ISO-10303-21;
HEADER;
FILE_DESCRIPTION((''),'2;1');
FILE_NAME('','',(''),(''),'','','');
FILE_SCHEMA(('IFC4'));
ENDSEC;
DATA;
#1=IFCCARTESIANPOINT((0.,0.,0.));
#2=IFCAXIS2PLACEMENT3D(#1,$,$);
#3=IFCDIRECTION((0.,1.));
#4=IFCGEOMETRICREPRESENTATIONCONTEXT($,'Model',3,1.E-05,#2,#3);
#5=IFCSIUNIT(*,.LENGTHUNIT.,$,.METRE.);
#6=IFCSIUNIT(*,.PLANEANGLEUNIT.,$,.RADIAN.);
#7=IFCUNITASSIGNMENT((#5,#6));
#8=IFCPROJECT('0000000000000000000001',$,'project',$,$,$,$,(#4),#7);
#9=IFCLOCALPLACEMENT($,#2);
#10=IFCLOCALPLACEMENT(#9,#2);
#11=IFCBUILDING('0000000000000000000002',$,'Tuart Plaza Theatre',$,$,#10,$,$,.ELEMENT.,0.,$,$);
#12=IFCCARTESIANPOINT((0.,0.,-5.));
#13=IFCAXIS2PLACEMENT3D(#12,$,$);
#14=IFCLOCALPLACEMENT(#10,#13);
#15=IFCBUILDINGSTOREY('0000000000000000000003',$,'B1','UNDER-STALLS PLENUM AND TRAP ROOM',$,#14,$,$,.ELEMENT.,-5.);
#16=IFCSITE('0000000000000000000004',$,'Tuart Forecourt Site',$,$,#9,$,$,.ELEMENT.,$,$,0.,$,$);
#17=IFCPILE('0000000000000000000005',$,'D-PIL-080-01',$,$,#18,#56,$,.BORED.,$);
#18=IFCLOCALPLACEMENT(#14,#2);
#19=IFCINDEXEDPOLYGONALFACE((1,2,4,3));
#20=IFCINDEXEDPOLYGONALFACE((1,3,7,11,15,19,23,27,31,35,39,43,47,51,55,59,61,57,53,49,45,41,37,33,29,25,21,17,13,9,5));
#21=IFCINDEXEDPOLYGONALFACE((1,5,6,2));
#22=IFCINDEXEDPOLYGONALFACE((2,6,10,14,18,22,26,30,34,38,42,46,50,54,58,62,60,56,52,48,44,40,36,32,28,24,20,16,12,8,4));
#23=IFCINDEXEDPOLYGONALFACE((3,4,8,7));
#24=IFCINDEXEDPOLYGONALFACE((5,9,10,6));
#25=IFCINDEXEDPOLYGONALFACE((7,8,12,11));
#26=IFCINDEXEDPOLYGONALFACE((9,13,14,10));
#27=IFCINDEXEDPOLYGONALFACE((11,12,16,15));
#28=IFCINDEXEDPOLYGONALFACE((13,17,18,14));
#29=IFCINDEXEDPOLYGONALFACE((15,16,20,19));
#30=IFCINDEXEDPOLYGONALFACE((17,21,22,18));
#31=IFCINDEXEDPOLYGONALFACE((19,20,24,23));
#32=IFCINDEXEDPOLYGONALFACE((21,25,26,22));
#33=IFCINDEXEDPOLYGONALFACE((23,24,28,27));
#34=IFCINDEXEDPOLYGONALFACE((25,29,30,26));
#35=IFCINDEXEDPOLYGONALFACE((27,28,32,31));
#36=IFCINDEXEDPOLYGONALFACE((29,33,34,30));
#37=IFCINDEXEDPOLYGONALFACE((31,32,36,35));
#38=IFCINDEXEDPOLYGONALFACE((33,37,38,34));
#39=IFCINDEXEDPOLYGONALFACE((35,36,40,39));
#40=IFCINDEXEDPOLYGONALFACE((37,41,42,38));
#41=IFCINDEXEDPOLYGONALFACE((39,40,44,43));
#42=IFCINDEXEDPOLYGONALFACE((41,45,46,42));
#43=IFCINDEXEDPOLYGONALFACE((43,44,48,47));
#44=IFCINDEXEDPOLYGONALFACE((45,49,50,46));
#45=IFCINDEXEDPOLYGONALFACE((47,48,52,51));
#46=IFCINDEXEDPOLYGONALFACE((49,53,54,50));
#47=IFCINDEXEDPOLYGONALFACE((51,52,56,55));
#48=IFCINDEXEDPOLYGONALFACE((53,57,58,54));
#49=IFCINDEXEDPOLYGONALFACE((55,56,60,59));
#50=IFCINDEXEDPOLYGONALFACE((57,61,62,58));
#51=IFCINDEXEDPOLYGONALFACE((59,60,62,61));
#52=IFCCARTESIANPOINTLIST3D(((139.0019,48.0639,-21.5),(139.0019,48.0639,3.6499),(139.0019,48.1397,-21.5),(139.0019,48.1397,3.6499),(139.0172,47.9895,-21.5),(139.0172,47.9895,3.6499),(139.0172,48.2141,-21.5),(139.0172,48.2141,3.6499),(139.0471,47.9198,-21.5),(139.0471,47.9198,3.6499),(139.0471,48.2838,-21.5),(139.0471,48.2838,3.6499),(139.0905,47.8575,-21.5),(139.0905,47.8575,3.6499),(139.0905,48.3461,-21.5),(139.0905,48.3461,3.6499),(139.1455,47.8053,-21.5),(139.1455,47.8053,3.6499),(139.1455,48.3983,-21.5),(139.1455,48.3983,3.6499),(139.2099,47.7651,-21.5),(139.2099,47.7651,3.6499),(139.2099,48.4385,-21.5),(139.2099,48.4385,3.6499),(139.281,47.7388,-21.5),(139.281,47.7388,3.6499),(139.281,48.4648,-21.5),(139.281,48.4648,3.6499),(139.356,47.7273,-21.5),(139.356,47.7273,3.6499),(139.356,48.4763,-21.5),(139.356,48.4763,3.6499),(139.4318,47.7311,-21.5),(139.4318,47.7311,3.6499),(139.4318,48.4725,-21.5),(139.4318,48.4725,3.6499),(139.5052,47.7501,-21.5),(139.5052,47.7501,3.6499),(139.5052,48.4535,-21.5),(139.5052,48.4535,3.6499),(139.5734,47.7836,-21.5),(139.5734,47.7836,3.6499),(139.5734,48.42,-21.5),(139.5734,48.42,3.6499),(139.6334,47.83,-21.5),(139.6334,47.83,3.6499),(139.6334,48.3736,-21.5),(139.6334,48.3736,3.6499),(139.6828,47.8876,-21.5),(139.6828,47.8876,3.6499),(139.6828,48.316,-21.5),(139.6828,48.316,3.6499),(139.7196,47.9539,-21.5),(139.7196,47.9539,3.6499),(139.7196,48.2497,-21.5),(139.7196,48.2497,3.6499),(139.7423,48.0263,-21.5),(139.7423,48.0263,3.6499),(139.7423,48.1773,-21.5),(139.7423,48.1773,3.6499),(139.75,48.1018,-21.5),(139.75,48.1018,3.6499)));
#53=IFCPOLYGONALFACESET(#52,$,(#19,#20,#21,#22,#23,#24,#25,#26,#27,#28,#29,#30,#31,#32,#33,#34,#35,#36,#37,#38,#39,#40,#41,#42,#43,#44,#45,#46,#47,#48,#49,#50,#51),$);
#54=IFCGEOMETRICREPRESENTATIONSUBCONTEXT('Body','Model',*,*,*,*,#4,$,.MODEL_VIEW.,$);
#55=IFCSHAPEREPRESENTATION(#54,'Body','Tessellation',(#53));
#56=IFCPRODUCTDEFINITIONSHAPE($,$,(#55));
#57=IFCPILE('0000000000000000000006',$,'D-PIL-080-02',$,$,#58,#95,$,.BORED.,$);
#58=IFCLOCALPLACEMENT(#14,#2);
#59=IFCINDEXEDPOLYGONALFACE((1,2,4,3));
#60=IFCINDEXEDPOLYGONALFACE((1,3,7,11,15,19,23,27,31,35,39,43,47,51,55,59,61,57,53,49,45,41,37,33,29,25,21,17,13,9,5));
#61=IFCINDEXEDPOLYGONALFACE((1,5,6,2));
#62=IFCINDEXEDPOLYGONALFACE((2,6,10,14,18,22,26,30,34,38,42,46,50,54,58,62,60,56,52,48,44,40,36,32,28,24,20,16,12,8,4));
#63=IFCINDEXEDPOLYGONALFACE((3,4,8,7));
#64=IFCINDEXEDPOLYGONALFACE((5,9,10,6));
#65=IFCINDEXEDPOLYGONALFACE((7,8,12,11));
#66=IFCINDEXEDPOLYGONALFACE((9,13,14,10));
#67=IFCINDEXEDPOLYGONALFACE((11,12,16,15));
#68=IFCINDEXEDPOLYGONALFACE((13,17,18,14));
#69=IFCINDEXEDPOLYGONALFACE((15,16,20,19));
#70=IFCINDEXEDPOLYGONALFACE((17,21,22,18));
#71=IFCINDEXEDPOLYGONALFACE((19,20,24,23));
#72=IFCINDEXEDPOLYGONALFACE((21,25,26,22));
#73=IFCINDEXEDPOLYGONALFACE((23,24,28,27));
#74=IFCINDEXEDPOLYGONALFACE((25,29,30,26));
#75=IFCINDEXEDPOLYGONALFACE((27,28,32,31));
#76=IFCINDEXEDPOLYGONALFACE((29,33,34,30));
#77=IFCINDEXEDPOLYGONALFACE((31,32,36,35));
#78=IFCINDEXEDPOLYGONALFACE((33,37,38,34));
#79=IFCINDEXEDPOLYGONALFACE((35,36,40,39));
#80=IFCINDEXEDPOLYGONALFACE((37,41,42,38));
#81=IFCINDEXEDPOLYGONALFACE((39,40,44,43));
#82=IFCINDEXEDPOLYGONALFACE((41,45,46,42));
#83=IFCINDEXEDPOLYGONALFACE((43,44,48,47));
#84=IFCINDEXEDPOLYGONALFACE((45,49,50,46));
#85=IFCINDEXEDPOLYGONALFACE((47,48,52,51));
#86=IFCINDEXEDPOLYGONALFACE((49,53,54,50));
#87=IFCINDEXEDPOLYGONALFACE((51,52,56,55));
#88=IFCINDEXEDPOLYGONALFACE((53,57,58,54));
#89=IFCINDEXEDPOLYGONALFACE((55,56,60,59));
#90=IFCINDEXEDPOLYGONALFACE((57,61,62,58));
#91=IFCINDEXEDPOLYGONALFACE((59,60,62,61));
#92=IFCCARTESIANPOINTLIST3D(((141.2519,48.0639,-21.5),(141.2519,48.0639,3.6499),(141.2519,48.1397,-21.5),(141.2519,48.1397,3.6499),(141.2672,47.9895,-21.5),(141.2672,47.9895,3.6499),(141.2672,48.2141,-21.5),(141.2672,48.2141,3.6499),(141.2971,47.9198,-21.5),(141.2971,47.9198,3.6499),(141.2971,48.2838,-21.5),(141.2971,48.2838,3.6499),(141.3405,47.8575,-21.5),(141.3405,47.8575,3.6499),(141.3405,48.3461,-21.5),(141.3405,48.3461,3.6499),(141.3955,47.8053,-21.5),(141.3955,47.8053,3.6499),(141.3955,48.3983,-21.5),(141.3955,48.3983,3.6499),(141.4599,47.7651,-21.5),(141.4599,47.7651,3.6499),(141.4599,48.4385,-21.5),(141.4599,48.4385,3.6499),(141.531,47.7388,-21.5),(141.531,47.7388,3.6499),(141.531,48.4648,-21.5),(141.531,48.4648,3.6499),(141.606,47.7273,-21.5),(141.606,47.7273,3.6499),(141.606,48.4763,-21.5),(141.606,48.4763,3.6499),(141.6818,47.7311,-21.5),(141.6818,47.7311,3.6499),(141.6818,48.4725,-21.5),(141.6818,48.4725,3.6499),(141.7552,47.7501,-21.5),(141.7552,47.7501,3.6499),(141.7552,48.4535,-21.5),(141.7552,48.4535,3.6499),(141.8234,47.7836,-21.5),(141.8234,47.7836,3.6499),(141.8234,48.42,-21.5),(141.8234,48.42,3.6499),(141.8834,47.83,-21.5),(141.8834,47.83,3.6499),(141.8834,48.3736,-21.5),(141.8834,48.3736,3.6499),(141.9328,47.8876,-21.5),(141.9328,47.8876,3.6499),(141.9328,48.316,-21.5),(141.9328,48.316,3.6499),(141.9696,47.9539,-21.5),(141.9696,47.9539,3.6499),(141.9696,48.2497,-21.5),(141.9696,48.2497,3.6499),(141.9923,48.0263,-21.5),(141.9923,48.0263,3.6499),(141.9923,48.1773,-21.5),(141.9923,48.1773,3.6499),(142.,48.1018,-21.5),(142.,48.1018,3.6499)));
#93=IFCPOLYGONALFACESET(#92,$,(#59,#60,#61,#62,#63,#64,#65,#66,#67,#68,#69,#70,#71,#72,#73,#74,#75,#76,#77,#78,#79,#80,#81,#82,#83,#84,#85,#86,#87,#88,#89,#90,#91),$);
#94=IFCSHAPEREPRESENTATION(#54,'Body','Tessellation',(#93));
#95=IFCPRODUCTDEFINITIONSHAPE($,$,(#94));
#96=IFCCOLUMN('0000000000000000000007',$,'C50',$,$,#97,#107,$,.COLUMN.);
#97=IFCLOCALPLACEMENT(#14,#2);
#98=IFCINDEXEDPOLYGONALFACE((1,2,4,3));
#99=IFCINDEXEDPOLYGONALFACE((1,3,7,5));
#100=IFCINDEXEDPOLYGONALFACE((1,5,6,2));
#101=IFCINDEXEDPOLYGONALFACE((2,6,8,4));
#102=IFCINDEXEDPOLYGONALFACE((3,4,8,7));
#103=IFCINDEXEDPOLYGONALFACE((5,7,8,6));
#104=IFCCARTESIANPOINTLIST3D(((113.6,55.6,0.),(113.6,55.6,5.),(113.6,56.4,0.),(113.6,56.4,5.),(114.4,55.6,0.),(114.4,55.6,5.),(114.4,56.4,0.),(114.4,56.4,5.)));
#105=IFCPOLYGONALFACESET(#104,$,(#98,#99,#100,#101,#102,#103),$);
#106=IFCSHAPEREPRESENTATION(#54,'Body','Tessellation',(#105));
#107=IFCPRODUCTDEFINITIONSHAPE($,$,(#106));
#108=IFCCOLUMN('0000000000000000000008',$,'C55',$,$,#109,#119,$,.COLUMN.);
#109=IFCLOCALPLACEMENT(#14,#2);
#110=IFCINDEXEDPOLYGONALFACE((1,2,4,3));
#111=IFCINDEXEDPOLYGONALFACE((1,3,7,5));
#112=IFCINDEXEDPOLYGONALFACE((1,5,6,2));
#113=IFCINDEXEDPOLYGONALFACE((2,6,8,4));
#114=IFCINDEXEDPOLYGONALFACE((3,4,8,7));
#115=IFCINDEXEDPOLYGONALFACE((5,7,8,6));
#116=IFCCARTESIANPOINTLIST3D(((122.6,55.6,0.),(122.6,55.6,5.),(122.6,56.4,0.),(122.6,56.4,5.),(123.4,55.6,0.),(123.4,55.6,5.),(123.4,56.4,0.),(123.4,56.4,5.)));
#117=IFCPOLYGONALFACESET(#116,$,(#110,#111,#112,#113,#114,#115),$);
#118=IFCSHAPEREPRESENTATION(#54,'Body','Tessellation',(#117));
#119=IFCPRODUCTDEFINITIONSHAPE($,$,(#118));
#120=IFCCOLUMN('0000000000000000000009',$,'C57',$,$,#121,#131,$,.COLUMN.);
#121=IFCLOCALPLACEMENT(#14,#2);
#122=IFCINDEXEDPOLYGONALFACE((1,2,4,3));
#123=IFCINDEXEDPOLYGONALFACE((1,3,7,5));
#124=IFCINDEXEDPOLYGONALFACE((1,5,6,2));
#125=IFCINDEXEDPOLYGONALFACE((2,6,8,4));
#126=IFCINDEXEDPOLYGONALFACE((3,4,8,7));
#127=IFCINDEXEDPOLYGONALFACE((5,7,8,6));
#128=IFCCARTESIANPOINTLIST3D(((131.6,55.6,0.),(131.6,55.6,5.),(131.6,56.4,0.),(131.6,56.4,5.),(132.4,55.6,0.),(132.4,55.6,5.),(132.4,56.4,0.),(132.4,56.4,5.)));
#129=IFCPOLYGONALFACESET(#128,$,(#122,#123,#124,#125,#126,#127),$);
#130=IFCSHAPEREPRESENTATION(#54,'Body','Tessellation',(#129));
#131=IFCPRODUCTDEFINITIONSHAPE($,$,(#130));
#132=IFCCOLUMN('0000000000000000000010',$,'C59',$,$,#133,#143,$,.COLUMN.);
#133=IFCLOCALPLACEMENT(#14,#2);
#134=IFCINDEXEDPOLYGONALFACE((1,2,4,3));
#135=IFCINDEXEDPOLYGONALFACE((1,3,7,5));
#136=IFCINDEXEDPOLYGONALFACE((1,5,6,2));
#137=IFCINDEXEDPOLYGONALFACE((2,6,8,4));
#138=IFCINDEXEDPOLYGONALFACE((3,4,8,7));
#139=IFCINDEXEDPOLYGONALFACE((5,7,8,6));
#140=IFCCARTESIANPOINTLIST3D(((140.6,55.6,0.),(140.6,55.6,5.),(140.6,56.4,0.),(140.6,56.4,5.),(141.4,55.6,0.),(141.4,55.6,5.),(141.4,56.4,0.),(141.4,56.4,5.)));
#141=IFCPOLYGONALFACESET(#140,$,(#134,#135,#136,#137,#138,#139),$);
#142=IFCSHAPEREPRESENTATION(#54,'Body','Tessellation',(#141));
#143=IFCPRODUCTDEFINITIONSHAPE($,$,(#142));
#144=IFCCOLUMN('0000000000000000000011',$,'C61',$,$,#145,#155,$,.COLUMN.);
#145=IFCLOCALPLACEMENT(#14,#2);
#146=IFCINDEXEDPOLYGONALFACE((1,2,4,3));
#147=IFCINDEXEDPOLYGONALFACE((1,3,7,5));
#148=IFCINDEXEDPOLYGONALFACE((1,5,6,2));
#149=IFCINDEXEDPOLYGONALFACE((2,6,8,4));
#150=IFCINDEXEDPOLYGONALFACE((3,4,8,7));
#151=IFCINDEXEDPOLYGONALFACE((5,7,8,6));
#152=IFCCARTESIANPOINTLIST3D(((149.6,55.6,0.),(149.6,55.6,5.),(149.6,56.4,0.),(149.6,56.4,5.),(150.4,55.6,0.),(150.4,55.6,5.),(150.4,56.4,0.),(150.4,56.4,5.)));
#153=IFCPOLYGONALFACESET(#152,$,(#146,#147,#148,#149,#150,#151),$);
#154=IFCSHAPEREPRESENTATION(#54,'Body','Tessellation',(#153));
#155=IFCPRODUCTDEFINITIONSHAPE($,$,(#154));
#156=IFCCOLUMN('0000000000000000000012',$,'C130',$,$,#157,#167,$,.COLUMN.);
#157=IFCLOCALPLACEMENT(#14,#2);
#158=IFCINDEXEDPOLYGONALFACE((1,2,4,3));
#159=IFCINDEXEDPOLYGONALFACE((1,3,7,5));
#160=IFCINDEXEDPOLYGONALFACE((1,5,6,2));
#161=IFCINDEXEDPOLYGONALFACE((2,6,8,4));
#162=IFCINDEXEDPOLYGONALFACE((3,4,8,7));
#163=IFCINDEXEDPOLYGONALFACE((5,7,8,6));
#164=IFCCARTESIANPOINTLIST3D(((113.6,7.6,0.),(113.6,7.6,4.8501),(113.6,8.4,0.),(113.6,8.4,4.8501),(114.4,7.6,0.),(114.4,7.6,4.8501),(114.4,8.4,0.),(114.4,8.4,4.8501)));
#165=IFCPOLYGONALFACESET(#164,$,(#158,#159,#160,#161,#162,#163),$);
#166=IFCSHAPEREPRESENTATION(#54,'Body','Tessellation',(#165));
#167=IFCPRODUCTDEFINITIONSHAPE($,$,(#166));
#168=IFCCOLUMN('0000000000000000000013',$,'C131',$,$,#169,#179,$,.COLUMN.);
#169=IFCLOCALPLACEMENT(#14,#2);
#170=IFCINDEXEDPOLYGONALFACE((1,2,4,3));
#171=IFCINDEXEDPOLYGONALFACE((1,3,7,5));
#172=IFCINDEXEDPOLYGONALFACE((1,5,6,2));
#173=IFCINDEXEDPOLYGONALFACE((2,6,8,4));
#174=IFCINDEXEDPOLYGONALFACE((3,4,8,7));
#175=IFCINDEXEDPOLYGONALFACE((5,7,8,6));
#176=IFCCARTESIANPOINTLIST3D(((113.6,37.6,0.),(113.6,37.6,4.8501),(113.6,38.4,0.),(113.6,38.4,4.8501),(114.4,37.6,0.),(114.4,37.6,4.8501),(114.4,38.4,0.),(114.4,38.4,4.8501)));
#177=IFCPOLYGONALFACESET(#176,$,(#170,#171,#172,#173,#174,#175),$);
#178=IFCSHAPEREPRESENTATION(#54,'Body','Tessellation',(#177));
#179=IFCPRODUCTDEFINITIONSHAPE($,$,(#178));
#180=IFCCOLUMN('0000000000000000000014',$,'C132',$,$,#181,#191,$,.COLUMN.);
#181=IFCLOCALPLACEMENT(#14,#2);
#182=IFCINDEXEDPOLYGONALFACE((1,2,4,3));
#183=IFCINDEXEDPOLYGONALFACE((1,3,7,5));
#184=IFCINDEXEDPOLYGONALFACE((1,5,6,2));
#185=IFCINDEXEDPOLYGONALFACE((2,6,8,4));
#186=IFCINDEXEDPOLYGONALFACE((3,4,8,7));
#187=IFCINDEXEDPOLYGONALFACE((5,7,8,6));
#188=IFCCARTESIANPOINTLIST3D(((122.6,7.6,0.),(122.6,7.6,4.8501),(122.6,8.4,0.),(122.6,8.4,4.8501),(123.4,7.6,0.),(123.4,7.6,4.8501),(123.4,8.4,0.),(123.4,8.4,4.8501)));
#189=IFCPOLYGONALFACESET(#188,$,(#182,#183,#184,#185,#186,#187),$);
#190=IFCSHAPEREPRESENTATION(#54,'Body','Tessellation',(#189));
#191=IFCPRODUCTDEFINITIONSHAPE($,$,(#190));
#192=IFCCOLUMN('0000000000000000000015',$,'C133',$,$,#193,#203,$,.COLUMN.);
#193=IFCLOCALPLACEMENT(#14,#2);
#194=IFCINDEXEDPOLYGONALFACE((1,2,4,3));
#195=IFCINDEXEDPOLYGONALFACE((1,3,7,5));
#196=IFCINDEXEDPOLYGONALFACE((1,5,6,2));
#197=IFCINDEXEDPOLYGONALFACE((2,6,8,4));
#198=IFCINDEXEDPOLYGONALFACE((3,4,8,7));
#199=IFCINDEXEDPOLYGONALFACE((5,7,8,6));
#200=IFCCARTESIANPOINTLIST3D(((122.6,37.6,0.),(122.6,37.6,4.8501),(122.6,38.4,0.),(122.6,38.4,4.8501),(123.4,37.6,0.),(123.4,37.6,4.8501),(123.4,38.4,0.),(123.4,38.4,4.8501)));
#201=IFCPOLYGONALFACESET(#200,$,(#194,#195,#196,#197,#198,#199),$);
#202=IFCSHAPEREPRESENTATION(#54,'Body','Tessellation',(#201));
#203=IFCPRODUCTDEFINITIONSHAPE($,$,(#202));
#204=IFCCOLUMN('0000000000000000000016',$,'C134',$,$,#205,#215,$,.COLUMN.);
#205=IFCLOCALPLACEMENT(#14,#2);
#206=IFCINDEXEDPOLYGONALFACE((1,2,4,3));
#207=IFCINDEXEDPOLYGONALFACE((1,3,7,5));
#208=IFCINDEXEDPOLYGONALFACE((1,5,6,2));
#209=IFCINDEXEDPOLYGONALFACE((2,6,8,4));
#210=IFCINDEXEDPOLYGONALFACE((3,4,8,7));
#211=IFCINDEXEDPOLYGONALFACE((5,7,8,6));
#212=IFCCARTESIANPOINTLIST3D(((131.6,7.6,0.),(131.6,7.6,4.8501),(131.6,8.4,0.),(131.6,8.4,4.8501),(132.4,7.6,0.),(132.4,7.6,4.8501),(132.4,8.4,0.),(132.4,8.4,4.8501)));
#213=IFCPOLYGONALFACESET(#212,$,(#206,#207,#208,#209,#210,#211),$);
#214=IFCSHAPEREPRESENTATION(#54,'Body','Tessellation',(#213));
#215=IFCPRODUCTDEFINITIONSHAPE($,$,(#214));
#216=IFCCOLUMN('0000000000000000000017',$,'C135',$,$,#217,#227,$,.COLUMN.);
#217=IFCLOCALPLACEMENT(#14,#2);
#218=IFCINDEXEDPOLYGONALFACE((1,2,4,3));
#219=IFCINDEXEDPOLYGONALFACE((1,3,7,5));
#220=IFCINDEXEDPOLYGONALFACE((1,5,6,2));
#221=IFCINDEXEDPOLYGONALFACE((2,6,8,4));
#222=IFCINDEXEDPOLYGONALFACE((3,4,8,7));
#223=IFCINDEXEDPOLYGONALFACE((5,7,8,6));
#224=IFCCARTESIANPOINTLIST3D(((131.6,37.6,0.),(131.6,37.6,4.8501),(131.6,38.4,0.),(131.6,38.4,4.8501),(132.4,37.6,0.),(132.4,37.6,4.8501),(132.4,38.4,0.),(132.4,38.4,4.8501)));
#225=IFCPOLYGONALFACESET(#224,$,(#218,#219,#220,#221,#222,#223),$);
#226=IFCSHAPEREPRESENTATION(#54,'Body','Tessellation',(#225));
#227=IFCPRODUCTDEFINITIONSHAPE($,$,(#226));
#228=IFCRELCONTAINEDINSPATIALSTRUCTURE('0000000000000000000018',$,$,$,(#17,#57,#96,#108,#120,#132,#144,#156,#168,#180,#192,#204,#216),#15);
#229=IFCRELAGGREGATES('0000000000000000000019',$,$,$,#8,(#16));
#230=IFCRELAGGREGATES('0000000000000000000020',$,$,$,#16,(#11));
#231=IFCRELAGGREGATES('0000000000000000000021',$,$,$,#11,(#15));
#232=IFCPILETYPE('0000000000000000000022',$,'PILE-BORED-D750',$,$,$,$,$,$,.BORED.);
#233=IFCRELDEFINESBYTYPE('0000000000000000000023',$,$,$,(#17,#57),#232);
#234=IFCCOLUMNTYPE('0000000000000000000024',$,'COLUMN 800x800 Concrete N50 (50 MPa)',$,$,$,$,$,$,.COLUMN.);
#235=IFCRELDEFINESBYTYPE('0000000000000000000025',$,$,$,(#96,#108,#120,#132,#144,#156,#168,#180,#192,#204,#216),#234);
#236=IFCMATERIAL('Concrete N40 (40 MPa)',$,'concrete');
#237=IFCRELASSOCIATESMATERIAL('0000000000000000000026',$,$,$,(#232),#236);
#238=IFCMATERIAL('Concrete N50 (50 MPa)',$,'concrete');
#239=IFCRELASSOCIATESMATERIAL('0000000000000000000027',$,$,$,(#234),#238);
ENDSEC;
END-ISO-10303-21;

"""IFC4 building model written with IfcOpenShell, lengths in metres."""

from ifc_helpers import new_model, si_unit, direction, frame, origin, origin_2d, place, context, subcontext, project, spatial, rectangle, circle, extrude, material, material_profile, profile_set, type_object, element, save


model = new_model("IFC4")

# Units and contexts
model_context = context("Model", 3, precision=1e-05, world=origin(), true_north=direction((0.0, 1.0)))
body_context = subcontext(model_context, "Body", "Model", "MODEL_VIEW")
ifc_project = project(units=[si_unit("LENGTHUNIT", "METRE"), si_unit("PLANEANGLEUNIT", "RADIAN")], contexts=[model_context])

# Site, building, storey
site_placement = place(None, origin())
site = spatial("IfcSite", under=ifc_project, at=site_placement, Name="Tuart Forecourt Site", CompositionType="ELEMENT", RefElevation=0.0)
building_placement = place(site_placement, origin())
building = spatial("IfcBuilding", under=site, at=building_placement, Name="Tuart Plaza Theatre", CompositionType="ELEMENT", ElevationOfRefHeight=0.0)
storey_placement = place(building_placement, frame((0.0, 0.0, -5.0)))
storey = spatial("IfcBuildingStorey", under=building, at=storey_placement, Name="B1", Description="UNDER-STALLS PLENUM AND TRAP ROOM", CompositionType="ELEMENT", Elevation=-5.0)

# Piles
ifc_material_1 = material(Name="Concrete N40 (40 MPa)", Category="concrete")
ifc_material_profile_1 = material_profile(ifc_material_1, circle(Radius=0.375, at=origin_2d()), Name="PILE-BORED-D750")
ifc_profile_set_1 = profile_set([ifc_material_profile_1], Name="Concrete N40 (40 MPa)")
pile_type = type_object("IfcPileType", Name="PILE-BORED-D750", PredefinedType="BORED", material=ifc_profile_set_1)
for number, where, z_axis, x_axis, name in (
    (1, (139.375, 48.1018, 3.6499), (0.0, 0.0, -1.0), (1.0, 0.0, 0.0), "D-PIL-080-01"),
    (2, (141.625, 48.1018, 3.6499), (0.0, 0.0, -1.0), (1.0, 0.0, 0.0), "D-PIL-080-02"),
):
    element("IfcPile", number, at=place(storey_placement, frame(where, z_axis=z_axis, x_axis=x_axis)), inside=storey, type_object=pile_type, Name=name, PredefinedType="BORED", context=body_context, shape_type="SweptSolid", body=[
        extrude(circle(Radius=0.375, at=origin_2d()), origin(), (0.0, 0.0, 1.0), 25.1499),
    ])

# Columns
ifc_material_2 = material(Name="Concrete N50 (50 MPa)", Category="concrete")
ifc_material_profile_2 = material_profile(ifc_material_2, rectangle(XDim=0.8, YDim=0.8, at=origin_2d()), Name="COLUMN 800x800 Concrete N50 (50 MPa)")
ifc_profile_set_2 = profile_set([ifc_material_profile_2], Name="Concrete N50 (50 MPa)")
column_type = type_object("IfcColumnType", Name="COLUMN 800x800 Concrete N50 (50 MPa)", PredefinedType="COLUMN", material=ifc_profile_set_2)
for number, where, z_axis, x_axis, name in (
    (3, (114.0, 56.0, 0.0), (0.0, 0.0, 1.0), (1.0, 0.0, 0.0), "C50"),
    (4, (123.0, 56.0, 0.0), (0.0, 0.0, 1.0), (1.0, 0.0, 0.0), "C55"),
    (5, (132.0, 56.0, 0.0), (0.0, 0.0, 1.0), (1.0, 0.0, 0.0), "C57"),
    (6, (141.0, 56.0, 0.0), (0.0, 0.0, 1.0), (1.0, 0.0, 0.0), "C59"),
    (7, (150.0, 56.0, 0.0), (0.0, 0.0, 1.0), (1.0, 0.0, 0.0), "C61"),
):
    element("IfcColumn", number, at=place(storey_placement, frame(where, z_axis=z_axis, x_axis=x_axis)), inside=storey, type_object=column_type, Name=name, PredefinedType="COLUMN", context=body_context, shape_type="SweptSolid", body=[
        extrude(rectangle(XDim=0.8, YDim=0.8, at=origin_2d()), origin(), (0.0, 0.0, 1.0), 5.0),
    ])
for number, where, z_axis, x_axis, name in (
    (8, (114.0, 8.0, 0.0), (0.0, 0.0, 1.0), (1.0, 0.0, 0.0), "C130"),
    (9, (114.0, 38.0, 0.0), (0.0, 0.0, 1.0), (1.0, 0.0, 0.0), "C131"),
    (10, (123.0, 8.0, 0.0), (0.0, 0.0, 1.0), (1.0, 0.0, 0.0), "C132"),
    (11, (123.0, 38.0, 0.0), (0.0, 0.0, 1.0), (1.0, 0.0, 0.0), "C133"),
    (12, (132.0, 8.0, 0.0), (0.0, 0.0, 1.0), (1.0, 0.0, 0.0), "C134"),
    (13, (132.0, 38.0, 0.0), (0.0, 0.0, 1.0), (1.0, 0.0, 0.0), "C135"),
):
    element("IfcColumn", number, at=place(storey_placement, frame(where, z_axis=z_axis, x_axis=x_axis)), inside=storey, type_object=column_type, Name=name, PredefinedType="COLUMN", context=body_context, shape_type="SweptSolid", body=[
        extrude(rectangle(XDim=0.8, YDim=0.8, at=origin_2d()), origin(), (0.0, 0.0, 1.0), 4.8501),
    ])

save(model, "model.ifc")
